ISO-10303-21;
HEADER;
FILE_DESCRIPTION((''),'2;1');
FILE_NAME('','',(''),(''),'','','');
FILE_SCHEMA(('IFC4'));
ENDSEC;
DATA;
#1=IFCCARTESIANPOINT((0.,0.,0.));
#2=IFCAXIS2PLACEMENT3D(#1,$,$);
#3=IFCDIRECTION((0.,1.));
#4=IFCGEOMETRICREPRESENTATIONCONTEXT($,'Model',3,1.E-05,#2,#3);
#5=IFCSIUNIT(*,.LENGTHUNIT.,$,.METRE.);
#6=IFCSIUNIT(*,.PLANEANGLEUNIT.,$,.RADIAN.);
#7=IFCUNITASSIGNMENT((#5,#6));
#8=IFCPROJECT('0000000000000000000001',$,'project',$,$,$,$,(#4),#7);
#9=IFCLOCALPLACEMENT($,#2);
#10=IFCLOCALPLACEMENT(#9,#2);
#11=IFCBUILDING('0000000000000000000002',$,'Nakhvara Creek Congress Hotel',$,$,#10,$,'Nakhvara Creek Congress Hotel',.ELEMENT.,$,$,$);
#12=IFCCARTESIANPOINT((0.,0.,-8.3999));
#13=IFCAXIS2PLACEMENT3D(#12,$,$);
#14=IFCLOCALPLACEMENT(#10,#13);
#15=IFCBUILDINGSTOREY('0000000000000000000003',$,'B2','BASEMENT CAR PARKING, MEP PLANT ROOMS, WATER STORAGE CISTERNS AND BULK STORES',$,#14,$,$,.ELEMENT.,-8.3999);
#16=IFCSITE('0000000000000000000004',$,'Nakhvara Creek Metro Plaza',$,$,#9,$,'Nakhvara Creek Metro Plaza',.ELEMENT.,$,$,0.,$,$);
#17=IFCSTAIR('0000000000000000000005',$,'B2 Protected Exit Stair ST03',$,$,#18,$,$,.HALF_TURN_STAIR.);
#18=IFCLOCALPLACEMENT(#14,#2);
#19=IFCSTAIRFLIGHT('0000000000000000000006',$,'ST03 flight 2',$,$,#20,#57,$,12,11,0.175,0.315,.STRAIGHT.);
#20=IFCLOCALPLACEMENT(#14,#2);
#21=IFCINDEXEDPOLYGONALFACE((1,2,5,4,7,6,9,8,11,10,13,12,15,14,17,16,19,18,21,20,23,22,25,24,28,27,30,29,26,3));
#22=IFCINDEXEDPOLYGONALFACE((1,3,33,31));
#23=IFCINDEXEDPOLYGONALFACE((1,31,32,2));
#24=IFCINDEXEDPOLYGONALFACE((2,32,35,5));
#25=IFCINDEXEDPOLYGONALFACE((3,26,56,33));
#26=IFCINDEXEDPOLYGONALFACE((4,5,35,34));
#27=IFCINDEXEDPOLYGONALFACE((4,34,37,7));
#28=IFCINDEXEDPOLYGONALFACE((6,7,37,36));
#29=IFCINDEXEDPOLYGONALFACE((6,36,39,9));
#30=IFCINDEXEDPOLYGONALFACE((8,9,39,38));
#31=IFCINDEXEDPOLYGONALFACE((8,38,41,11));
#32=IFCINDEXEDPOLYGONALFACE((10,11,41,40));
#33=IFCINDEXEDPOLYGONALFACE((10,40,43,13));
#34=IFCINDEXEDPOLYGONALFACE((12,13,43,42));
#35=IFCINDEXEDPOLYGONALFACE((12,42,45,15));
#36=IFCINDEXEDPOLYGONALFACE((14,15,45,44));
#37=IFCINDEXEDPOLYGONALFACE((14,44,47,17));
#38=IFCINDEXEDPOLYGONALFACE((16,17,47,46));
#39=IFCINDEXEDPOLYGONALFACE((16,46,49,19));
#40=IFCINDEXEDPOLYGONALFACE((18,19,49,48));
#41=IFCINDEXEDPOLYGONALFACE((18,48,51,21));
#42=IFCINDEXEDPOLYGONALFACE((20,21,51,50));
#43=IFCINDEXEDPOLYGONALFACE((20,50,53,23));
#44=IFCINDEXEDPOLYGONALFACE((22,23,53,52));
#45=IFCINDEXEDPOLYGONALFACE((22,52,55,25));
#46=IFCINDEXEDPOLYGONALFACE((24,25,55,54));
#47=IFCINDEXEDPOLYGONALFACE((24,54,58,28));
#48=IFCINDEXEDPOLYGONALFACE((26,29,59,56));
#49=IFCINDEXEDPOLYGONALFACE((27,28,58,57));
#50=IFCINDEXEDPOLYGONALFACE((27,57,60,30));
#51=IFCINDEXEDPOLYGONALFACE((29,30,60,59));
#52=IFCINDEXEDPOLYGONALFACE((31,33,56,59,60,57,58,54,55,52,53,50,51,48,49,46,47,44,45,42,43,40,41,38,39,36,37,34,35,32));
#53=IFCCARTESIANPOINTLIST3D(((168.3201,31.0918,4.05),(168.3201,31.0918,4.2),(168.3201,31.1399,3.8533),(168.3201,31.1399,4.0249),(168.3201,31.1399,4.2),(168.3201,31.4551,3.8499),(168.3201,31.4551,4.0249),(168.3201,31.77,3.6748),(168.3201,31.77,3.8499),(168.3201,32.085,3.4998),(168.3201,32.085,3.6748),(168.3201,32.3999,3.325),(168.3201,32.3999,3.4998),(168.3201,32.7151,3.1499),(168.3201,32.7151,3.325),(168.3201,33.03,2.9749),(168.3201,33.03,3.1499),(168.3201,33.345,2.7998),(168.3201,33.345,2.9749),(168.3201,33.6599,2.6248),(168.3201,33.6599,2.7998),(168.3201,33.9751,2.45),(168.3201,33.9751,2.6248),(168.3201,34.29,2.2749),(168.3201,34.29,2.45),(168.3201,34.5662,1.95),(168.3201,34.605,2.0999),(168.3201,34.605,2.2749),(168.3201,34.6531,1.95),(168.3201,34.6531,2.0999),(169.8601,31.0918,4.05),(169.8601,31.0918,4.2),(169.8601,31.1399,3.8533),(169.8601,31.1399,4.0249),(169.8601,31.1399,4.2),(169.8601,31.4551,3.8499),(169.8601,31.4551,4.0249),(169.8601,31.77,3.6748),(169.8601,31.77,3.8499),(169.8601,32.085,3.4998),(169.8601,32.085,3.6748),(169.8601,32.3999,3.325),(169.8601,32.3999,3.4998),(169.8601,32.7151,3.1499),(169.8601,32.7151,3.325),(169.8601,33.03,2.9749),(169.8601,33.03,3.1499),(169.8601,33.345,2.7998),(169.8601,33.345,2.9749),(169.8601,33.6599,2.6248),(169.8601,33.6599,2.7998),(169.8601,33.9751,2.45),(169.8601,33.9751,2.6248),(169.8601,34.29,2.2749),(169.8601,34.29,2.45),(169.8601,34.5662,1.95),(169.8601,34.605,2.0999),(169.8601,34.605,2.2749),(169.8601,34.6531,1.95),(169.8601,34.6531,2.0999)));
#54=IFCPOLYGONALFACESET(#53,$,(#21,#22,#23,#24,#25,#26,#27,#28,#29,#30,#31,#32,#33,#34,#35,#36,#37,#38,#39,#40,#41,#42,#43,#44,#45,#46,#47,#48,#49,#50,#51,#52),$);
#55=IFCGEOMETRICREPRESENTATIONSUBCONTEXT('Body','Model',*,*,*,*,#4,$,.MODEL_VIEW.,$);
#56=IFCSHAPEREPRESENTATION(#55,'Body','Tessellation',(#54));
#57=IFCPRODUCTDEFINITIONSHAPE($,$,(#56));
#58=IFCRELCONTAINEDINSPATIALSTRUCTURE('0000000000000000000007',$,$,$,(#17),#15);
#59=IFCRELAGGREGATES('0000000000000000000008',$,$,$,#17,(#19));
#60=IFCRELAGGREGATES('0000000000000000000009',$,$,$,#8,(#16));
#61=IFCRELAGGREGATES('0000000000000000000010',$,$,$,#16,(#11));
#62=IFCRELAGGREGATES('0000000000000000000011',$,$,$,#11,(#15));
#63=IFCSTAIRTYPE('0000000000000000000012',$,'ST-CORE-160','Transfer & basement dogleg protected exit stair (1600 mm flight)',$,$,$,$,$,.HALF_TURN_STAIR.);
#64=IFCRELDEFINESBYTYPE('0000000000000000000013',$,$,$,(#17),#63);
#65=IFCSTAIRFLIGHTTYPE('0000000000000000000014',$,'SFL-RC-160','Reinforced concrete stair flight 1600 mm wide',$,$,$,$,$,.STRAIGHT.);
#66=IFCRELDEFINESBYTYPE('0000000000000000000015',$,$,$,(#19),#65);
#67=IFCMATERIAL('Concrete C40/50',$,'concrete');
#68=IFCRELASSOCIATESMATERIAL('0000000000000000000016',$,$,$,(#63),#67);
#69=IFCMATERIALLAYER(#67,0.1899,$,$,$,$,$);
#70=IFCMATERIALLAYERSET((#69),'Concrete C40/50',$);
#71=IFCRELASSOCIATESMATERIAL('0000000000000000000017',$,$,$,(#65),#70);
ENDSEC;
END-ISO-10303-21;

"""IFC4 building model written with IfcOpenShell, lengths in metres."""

from ifc_helpers import new_model, si_unit, direction, frame, origin, place, context, subcontext, project, spatial, polyline, outline, extrude, material, layer, layer_set, type_object, element, aggregate, save


model = new_model("IFC4")

# Units and contexts
model_context = context("Model", 3, precision=1e-05, world=origin(), true_north=direction((0.0, 1.0)))
body_context = subcontext(model_context, "Body", "Model", "MODEL_VIEW")
ifc_project = project(units=[si_unit("LENGTHUNIT", "METRE"), si_unit("PLANEANGLEUNIT", "RADIAN")], contexts=[model_context])

# Site, building, storey
site_placement = place(None, origin())
site = spatial("IfcSite", under=ifc_project, at=site_placement, Name="Nakhvara Creek Metro Plaza", LongName="Nakhvara Creek Metro Plaza", CompositionType="ELEMENT", RefElevation=0.0)
building_placement = place(site_placement, origin())
building = spatial("IfcBuilding", under=site, at=building_placement, Name="Nakhvara Creek Congress Hotel", LongName="Nakhvara Creek Congress Hotel", CompositionType="ELEMENT")
storey_placement = place(building_placement, frame((0.0, 0.0, -8.3999)))
storey = spatial("IfcBuildingStorey", under=building, at=storey_placement, Name="B2", Description="BASEMENT CAR PARKING, MEP PLANT ROOMS, WATER STORAGE CISTERNS AND BULK STORES", CompositionType="ELEMENT", Elevation=-8.3999)

# Shared definitions
ifc_material_1 = material(Name="Concrete C40/50", Category="concrete")

# Stair, stair flight
stair_type = type_object("IfcStairType", Name="ST-CORE-160", Description="Transfer & basement dogleg protected exit stair (1600 mm flight)", PredefinedType="HALF_TURN_STAIR", material=ifc_material_1)
stair_placement = place(storey_placement, origin())
stair = element("IfcStair", 1, at=stair_placement, inside=storey, type_object=stair_type, Name="B2 Protected Exit Stair ST03", PredefinedType="HALF_TURN_STAIR")
ifc_layer_1 = layer(ifc_material_1, 0.1899)
ifc_layer_set_1 = layer_set([ifc_layer_1], Name="Concrete C40/50")
stair_flight_type = type_object("IfcStairFlightType", Name="SFL-RC-160", Description="Reinforced concrete stair flight 1600 mm wide", PredefinedType="STRAIGHT", material=ifc_layer_set_1)
stair_flight_1_placement = place(storey_placement, frame((169.0901, 34.605, 2.0999), z_axis=(0.0, 0.0, 1.0), x_axis=(0.0, -1.0, 0.0)))
stair_flight_1 = element("IfcStairFlight", 2, at=stair_flight_1_placement, type_object=stair_flight_type, Name="ST03 flight 2", NumberOfRisers=12, NumberOfTreads=11, PredefinedType="STRAIGHT", RiserHeight=0.175, TreadLength=0.315, context=body_context, shape_type="SweptSolid", body=[
    extrude(outline(polyline([(-0.0481, 0.0), (0.0, 0.0), (0.0, 0.175), (0.3149, 0.175), (0.3149, 0.3501), (0.6299, 0.3501), (0.6299, 0.5249), (0.9451, 0.5249), (0.9451, 0.7), (1.26, 0.7), (1.26, 0.875), (1.575, 0.875), (1.575, 1.05), (1.8899, 1.05), (1.8899, 1.2251), (2.2051, 1.2251), (2.2051, 1.3999), (2.52, 1.3999), (2.52, 1.575), (2.835, 1.575), (2.835, 1.75), (3.1499, 1.75), (3.1499, 1.925), (3.4651, 1.925), (3.4651, 2.1001), (3.5132, 2.1001), (3.5132, 1.9502), (3.4651, 1.7534), (0.0388, -0.1499), (-0.0481, -0.1499), (-0.0481, 0.0)])), frame((0.0, 0.77, 0.0), z_axis=(0.0, -1.0, 0.0), x_axis=(1.0, 0.0, 0.0)), (0.0, 0.0, 1.0), 1.54),
])
aggregate(stair, [stair_flight_1])

save(model, "model.ifc")
